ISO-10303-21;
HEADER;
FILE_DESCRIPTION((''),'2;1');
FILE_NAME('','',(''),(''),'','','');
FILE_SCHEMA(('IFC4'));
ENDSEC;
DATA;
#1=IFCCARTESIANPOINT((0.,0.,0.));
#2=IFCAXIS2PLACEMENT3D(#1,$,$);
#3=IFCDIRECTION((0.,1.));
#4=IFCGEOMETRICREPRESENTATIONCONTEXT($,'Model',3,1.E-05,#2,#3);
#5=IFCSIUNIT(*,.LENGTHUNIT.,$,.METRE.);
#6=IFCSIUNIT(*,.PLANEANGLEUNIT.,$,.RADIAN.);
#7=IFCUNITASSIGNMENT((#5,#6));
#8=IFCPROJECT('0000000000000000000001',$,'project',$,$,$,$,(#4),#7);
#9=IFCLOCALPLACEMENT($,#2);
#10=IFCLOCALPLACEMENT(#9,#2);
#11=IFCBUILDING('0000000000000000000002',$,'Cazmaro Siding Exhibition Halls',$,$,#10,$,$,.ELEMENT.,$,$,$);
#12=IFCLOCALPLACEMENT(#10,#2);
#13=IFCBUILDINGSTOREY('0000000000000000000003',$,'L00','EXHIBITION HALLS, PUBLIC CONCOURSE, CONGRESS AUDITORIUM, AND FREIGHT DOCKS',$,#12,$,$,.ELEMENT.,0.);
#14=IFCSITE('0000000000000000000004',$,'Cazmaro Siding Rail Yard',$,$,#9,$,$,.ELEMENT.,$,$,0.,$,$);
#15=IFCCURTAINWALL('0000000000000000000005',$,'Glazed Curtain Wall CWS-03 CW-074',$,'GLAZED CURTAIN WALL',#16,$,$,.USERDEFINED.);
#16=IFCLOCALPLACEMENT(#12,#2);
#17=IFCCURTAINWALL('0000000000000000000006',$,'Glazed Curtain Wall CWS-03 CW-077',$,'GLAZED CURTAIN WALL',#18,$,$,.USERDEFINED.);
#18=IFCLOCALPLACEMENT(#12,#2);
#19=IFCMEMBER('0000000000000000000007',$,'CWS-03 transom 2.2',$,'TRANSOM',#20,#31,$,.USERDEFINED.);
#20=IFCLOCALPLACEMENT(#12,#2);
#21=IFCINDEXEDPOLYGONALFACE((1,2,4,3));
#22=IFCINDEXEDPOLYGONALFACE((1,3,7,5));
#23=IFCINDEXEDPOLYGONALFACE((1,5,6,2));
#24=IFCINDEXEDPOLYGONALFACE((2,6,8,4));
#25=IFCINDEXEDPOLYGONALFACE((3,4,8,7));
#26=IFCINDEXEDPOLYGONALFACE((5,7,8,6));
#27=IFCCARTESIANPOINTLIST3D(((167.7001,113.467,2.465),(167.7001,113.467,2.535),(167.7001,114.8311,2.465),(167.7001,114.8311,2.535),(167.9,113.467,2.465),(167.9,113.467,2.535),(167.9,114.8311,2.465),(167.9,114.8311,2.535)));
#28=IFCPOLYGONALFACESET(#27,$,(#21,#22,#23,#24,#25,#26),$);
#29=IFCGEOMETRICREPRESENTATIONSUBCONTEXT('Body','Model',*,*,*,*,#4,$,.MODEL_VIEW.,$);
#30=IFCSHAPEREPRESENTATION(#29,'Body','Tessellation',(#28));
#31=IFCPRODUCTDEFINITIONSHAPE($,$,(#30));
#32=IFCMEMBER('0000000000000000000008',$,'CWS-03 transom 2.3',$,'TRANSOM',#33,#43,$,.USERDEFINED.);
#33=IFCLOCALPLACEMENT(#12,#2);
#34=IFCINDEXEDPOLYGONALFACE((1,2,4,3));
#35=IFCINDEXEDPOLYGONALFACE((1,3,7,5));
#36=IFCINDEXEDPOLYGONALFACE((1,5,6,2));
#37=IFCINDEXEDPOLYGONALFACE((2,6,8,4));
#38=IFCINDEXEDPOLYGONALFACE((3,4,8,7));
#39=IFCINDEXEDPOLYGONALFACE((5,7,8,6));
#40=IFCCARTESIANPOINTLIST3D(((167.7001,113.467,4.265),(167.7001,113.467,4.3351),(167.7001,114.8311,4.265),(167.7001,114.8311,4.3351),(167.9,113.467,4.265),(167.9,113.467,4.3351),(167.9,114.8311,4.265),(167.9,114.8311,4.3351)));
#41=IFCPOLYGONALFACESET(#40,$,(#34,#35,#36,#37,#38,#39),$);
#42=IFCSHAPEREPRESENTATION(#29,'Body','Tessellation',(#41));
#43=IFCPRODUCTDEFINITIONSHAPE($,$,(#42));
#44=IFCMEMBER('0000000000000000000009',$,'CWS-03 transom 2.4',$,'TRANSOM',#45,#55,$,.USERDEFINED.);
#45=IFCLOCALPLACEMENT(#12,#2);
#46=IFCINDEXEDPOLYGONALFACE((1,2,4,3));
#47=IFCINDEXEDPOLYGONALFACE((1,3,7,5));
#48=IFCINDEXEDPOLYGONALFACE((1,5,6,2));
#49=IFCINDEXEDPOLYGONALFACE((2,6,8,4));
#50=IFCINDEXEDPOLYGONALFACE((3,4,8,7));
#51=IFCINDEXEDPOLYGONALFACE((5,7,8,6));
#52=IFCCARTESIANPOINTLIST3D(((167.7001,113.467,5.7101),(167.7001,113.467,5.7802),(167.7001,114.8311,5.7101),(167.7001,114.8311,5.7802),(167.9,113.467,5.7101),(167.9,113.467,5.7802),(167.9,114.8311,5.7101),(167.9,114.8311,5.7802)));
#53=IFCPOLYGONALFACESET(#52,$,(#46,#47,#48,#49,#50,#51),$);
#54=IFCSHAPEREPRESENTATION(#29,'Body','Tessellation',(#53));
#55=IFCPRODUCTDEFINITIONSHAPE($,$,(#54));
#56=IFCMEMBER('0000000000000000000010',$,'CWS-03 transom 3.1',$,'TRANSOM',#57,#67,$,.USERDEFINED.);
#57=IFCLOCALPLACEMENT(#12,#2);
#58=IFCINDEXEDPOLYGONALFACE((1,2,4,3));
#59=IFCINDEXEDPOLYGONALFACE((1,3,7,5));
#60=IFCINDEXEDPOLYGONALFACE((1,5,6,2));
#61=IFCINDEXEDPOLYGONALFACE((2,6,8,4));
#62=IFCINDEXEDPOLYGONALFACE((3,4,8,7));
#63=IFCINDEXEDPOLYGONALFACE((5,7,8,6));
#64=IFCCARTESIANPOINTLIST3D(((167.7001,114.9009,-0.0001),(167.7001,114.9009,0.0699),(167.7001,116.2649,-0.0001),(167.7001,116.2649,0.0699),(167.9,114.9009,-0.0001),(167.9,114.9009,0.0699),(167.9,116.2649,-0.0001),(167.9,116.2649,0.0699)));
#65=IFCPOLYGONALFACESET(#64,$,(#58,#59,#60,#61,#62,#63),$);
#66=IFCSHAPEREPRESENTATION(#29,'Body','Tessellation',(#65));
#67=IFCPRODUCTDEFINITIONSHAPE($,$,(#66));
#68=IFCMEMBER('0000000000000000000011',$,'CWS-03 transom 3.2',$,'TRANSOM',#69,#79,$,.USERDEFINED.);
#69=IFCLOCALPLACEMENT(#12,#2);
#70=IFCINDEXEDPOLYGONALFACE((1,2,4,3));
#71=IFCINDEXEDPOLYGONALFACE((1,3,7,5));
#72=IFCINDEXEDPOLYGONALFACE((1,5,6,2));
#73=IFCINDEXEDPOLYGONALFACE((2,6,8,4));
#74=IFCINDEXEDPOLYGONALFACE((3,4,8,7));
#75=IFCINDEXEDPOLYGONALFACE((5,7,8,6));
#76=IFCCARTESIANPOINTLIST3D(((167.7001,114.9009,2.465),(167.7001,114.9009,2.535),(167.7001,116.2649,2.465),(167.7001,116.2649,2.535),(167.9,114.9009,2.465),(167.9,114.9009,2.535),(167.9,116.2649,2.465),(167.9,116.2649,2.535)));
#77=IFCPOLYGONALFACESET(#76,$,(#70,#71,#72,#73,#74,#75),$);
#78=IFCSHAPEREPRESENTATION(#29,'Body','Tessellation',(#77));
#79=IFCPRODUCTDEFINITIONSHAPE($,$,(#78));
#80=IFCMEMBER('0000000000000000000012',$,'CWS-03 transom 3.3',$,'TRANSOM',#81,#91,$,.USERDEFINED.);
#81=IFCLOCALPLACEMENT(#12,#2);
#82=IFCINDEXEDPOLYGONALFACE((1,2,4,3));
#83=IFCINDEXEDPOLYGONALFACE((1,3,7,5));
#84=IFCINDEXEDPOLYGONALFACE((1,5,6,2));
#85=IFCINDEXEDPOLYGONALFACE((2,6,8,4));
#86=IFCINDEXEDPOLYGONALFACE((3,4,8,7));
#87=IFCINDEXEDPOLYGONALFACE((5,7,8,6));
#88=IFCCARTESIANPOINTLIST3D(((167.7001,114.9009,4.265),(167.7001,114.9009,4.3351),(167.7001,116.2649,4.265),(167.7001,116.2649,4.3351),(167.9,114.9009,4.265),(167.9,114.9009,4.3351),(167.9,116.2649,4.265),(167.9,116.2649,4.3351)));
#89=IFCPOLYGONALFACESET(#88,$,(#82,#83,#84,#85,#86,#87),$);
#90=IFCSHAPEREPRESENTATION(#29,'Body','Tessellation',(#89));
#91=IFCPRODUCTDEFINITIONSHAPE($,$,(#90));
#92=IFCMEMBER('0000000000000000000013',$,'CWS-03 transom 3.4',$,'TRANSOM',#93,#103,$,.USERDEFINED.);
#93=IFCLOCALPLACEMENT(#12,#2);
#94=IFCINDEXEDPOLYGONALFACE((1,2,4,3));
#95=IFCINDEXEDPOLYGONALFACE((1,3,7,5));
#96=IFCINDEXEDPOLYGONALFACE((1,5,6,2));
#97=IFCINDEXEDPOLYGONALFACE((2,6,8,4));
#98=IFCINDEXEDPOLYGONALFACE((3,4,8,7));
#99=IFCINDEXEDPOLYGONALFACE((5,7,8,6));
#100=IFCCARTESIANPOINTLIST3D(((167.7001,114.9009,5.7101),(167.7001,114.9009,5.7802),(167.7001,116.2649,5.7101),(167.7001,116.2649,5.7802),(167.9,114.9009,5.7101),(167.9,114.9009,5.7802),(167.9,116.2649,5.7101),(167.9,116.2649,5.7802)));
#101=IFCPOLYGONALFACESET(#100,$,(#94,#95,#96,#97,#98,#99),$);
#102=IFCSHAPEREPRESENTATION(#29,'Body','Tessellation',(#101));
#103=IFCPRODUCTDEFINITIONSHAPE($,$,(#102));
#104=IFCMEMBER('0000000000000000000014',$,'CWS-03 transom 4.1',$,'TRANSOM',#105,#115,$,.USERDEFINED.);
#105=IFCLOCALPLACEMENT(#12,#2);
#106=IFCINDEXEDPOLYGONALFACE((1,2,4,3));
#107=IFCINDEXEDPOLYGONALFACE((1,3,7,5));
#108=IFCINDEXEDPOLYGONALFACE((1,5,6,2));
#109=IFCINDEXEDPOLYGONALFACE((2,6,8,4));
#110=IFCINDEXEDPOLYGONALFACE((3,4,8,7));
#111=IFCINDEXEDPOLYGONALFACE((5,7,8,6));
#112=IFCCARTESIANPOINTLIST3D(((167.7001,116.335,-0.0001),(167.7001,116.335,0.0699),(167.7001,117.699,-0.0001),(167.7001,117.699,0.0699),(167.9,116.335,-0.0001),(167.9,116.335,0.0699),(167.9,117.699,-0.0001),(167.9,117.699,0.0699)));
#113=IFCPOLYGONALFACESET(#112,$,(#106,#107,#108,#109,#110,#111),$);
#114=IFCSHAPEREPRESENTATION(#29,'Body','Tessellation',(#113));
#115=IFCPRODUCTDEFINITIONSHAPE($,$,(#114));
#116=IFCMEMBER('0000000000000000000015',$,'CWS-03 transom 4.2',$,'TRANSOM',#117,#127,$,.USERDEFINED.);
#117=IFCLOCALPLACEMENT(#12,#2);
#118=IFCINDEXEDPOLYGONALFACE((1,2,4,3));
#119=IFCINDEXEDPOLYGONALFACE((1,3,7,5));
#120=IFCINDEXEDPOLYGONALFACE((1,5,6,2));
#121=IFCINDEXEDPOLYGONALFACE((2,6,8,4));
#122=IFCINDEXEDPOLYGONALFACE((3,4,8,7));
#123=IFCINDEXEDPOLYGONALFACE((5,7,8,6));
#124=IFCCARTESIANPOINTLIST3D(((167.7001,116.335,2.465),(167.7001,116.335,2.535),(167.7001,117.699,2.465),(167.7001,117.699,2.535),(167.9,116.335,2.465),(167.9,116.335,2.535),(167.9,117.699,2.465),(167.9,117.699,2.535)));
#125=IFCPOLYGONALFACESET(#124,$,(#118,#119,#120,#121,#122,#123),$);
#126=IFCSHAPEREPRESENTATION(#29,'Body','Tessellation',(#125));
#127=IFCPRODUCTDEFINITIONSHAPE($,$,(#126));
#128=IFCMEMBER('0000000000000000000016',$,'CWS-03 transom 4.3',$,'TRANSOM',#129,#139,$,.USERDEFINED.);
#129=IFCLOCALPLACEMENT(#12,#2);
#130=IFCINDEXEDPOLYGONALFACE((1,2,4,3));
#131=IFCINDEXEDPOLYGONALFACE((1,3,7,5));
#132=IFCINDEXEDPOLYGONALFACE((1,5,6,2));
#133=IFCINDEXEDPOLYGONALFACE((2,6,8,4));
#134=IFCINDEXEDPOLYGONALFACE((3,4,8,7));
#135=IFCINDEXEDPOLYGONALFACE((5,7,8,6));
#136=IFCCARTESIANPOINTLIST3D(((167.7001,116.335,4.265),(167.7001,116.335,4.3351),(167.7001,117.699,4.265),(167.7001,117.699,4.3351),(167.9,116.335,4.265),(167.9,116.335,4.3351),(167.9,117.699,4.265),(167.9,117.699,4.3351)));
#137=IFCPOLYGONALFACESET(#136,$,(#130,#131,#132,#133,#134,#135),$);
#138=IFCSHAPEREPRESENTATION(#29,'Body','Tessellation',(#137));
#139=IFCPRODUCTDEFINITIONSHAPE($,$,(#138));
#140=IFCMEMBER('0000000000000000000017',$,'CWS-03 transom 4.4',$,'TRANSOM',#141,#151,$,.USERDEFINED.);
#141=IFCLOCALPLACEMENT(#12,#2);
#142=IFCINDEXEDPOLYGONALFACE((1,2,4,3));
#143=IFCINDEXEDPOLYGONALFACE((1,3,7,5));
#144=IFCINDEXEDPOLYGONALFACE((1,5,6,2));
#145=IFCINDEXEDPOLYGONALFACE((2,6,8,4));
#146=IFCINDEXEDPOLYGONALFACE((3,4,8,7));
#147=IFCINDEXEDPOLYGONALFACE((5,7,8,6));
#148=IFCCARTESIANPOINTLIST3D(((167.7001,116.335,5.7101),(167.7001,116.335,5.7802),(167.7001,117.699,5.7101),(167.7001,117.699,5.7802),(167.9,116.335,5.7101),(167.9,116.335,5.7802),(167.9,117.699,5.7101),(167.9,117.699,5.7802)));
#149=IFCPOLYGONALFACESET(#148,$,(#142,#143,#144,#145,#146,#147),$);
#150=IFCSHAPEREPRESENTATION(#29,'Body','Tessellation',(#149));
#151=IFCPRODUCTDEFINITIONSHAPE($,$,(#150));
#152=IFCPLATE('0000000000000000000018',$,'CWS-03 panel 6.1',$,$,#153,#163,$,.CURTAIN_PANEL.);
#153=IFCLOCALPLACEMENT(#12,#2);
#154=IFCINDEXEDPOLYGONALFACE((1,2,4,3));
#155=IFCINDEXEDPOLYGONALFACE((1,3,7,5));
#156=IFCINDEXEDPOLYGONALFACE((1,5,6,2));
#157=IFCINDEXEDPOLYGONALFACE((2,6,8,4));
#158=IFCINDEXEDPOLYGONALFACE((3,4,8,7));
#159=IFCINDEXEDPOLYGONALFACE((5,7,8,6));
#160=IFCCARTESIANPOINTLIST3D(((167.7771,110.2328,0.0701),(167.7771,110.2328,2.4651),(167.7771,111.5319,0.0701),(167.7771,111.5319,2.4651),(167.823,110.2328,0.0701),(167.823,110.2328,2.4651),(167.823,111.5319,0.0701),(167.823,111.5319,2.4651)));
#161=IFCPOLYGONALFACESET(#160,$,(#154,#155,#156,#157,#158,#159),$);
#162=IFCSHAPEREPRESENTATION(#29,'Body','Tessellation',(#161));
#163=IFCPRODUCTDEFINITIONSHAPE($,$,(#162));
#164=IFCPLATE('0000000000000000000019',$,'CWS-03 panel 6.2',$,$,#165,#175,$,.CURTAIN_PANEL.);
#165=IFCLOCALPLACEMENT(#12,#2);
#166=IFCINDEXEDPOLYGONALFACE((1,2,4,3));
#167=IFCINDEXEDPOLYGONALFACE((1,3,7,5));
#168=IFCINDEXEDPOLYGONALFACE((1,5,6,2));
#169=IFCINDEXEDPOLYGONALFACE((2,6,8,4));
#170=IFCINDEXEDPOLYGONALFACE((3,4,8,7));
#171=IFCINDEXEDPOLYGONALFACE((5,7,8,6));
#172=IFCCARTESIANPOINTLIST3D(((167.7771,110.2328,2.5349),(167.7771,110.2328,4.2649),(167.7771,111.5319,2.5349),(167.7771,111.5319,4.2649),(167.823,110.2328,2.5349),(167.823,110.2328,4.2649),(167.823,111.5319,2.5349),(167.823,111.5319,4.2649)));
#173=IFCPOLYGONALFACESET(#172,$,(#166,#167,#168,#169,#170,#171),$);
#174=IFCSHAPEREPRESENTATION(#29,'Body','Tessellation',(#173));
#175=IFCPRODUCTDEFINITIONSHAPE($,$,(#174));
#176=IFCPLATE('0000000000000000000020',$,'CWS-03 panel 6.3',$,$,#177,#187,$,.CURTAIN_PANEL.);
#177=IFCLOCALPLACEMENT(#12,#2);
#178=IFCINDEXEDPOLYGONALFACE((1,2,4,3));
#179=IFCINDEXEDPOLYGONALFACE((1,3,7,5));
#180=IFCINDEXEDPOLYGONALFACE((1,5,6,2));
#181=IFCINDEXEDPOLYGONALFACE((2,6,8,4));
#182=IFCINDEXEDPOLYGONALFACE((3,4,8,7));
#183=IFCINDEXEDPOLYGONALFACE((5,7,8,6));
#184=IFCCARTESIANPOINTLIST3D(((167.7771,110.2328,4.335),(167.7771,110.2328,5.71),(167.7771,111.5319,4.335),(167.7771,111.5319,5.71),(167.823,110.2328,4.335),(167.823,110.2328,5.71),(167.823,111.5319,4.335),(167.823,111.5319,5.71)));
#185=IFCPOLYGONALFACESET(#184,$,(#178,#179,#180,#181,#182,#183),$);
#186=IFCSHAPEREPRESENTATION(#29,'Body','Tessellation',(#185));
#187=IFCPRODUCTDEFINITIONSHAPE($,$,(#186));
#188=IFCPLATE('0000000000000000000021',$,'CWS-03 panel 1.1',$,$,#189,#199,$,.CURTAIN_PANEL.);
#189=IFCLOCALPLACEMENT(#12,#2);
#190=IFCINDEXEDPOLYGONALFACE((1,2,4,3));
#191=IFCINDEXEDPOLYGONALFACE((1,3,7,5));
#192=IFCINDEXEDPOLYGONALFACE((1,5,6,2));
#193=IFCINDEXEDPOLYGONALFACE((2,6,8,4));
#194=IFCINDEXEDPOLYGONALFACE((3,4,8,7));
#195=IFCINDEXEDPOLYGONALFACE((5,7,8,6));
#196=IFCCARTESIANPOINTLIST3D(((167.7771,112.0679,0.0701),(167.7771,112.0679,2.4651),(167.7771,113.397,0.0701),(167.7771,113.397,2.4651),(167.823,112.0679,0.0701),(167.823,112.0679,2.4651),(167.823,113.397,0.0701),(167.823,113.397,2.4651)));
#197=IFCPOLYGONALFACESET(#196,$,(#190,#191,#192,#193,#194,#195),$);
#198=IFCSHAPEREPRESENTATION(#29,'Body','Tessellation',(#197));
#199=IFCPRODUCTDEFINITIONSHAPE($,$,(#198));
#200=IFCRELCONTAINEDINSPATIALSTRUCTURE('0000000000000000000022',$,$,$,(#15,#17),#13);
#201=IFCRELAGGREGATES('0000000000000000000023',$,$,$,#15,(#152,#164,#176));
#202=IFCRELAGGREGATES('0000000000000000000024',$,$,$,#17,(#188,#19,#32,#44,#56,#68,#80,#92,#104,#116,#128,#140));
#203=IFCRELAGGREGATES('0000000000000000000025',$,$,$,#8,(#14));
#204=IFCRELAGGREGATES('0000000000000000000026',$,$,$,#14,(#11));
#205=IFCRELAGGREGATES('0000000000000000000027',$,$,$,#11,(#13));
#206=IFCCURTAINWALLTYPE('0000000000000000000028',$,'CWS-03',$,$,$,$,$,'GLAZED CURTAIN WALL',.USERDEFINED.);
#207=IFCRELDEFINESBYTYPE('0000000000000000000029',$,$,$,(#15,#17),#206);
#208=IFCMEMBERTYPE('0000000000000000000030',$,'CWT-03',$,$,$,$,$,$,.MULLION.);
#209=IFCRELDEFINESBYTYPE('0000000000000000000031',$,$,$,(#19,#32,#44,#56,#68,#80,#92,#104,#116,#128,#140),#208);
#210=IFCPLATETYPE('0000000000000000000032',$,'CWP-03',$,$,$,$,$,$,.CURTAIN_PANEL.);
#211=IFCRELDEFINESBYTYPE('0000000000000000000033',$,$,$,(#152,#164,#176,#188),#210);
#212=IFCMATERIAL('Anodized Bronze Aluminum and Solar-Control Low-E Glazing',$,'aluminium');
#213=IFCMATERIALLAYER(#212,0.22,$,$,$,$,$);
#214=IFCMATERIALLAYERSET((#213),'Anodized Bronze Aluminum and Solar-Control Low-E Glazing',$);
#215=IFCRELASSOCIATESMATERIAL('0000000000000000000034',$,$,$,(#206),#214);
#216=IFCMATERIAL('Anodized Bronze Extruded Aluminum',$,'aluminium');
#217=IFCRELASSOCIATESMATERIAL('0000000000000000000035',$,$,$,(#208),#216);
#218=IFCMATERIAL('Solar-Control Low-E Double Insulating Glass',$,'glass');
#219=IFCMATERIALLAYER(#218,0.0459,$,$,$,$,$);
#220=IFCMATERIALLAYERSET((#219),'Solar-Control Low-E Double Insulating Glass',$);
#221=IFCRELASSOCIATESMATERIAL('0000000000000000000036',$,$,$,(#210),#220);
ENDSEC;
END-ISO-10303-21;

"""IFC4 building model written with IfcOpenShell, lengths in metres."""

from ifc_helpers import new_model, si_unit, direction, frame, origin, origin_2d, place, context, subcontext, project, spatial, rectangle, extrude, material, layer, layer_set, material_profile, profile_set, type_object, element, aggregate, save


model = new_model("IFC4")

# Units and contexts
model_context = context("Model", 3, precision=1e-05, world=origin(), true_north=direction((0.0, 1.0)))
body_context = subcontext(model_context, "Body", "Model", "MODEL_VIEW")
ifc_project = project(units=[si_unit("LENGTHUNIT", "METRE"), si_unit("PLANEANGLEUNIT", "RADIAN")], contexts=[model_context])

# Site, building, storey
site_placement = place(None, origin())
site = spatial("IfcSite", under=ifc_project, at=site_placement, Name="Cazmaro Siding Rail Yard", CompositionType="ELEMENT", RefElevation=0.0)
building_placement = place(site_placement, origin())
building = spatial("IfcBuilding", under=site, at=building_placement, Name="Cazmaro Siding Exhibition Halls", CompositionType="ELEMENT")
storey_placement = place(building_placement, origin())
storey = spatial("IfcBuildingStorey", under=building, at=storey_placement, Name="L00", Description="EXHIBITION HALLS, PUBLIC CONCOURSE, CONGRESS AUDITORIUM, AND FREIGHT DOCKS", CompositionType="ELEMENT", Elevation=0.0)

# Curtain wall
ifc_material_1 = material(Name="Anodized Bronze Aluminum and Solar-Control Low-E Glazing", Category="aluminium")
ifc_layer_1 = layer(ifc_material_1, 0.22)
ifc_layer_set_1 = layer_set([ifc_layer_1], Name="Anodized Bronze Aluminum and Solar-Control Low-E Glazing")
curtain_wall_type = type_object("IfcCurtainWallType", Name="CWS-03", ElementType="GLAZED CURTAIN WALL", PredefinedType="USERDEFINED", material=ifc_layer_set_1)
curtain_wall_1_placement = place(storey_placement, origin())
curtain_wall_1 = element("IfcCurtainWall", 1, at=curtain_wall_1_placement, inside=storey, type_object=curtain_wall_type, Name="Glazed Curtain Wall CWS-03 CW-074", ObjectType="GLAZED CURTAIN WALL", PredefinedType="USERDEFINED")

# Curtain wall
curtain_wall_2_placement = place(storey_placement, origin())
curtain_wall_2 = element("IfcCurtainWall", 2, at=curtain_wall_2_placement, inside=storey, type_object=curtain_wall_type, Name="Glazed Curtain Wall CWS-03 CW-077", ObjectType="GLAZED CURTAIN WALL", PredefinedType="USERDEFINED")

# Members
ifc_material_2 = material(Name="Anodized Bronze Extruded Aluminum", Category="aluminium")
ifc_material_profile_1 = material_profile(ifc_material_2, rectangle(XDim=0.2, YDim=0.0701, at=origin_2d()), Name="CWT-03")
ifc_profile_set_1 = profile_set([ifc_material_profile_1], Name="Anodized Bronze Extruded Aluminum")
member_type_1 = type_object("IfcMemberType", Name="CWT-03", PredefinedType="MULLION", material=ifc_profile_set_1)
member_1_placement = place(storey_placement, frame((167.8, 113.467, 2.5), z_axis=(0.0, 1.0, 0.0), x_axis=(-1.0, 0.0, 0.0)))
member_1 = element("IfcMember", 3, at=member_1_placement, type_object=member_type_1, Name="CWS-03 transom 2.2", ObjectType="TRANSOM", PredefinedType="USERDEFINED", context=body_context, shape_type="SweptSolid", body=[
    extrude(rectangle(XDim=0.2, YDim=0.0701, at=origin_2d()), origin(), (0.0, 0.0, 1.0), 1.364),
])
member_2_placement = place(storey_placement, frame((167.8, 113.467, 4.3), z_axis=(0.0, 1.0, 0.0), x_axis=(-1.0, 0.0, 0.0)))
member_2 = element("IfcMember", 4, at=member_2_placement, type_object=member_type_1, Name="CWS-03 transom 2.3", ObjectType="TRANSOM", PredefinedType="USERDEFINED", context=body_context, shape_type="SweptSolid", body=[
    extrude(rectangle(XDim=0.2, YDim=0.0701, at=origin_2d()), origin(), (0.0, 0.0, 1.0), 1.364),
])
member_3_placement = place(storey_placement, frame((167.8, 113.467, 5.7451), z_axis=(0.0, 1.0, 0.0), x_axis=(-1.0, 0.0, 0.0)))
member_3 = element("IfcMember", 5, at=member_3_placement, type_object=member_type_1, Name="CWS-03 transom 2.4", ObjectType="TRANSOM", PredefinedType="USERDEFINED", context=body_context, shape_type="SweptSolid", body=[
    extrude(rectangle(XDim=0.2, YDim=0.0701, at=origin_2d()), origin(), (0.0, 0.0, 1.0), 1.364),
])
member_4_placement = place(storey_placement, frame((167.8, 114.9009, 0.0349), z_axis=(0.0, 1.0, 0.0), x_axis=(-1.0, 0.0, 0.0)))
member_4 = element("IfcMember", 6, at=member_4_placement, type_object=member_type_1, Name="CWS-03 transom 3.1", ObjectType="TRANSOM", PredefinedType="USERDEFINED", context=body_context, shape_type="SweptSolid", body=[
    extrude(rectangle(XDim=0.2, YDim=0.0701, at=origin_2d()), origin(), (0.0, 0.0, 1.0), 1.364),
])
member_5_placement = place(storey_placement, frame((167.8, 114.9009, 2.5), z_axis=(0.0, 1.0, 0.0), x_axis=(-1.0, 0.0, 0.0)))
member_5 = element("IfcMember", 7, at=member_5_placement, type_object=member_type_1, Name="CWS-03 transom 3.2", ObjectType="TRANSOM", PredefinedType="USERDEFINED", context=body_context, shape_type="SweptSolid", body=[
    extrude(rectangle(XDim=0.2, YDim=0.0701, at=origin_2d()), origin(), (0.0, 0.0, 1.0), 1.364),
])
member_6_placement = place(storey_placement, frame((167.8, 114.9009, 4.3), z_axis=(0.0, 1.0, 0.0), x_axis=(-1.0, 0.0, 0.0)))
member_6 = element("IfcMember", 8, at=member_6_placement, type_object=member_type_1, Name="CWS-03 transom 3.3", ObjectType="TRANSOM", PredefinedType="USERDEFINED", context=body_context, shape_type="SweptSolid", body=[
    extrude(rectangle(XDim=0.2, YDim=0.0701, at=origin_2d()), origin(), (0.0, 0.0, 1.0), 1.364),
])
member_7_placement = place(storey_placement, frame((167.8, 114.9009, 5.7451), z_axis=(0.0, 1.0, 0.0), x_axis=(-1.0, 0.0, 0.0)))
member_7 = element("IfcMember", 9, at=member_7_placement, type_object=member_type_1, Name="CWS-03 transom 3.4", ObjectType="TRANSOM", PredefinedType="USERDEFINED", context=body_context, shape_type="SweptSolid", body=[
    extrude(rectangle(XDim=0.2, YDim=0.0701, at=origin_2d()), origin(), (0.0, 0.0, 1.0), 1.364),
])
member_8_placement = place(storey_placement, frame((167.8, 116.335, 0.0349), z_axis=(0.0, 1.0, 0.0), x_axis=(-1.0, 0.0, 0.0)))
member_8 = element("IfcMember", 10, at=member_8_placement, type_object=member_type_1, Name="CWS-03 transom 4.1", ObjectType="TRANSOM", PredefinedType="USERDEFINED", context=body_context, shape_type="SweptSolid", body=[
    extrude(rectangle(XDim=0.2, YDim=0.0701, at=origin_2d()), origin(), (0.0, 0.0, 1.0), 1.364),
])
member_9_placement = place(storey_placement, frame((167.8, 116.335, 2.5), z_axis=(0.0, 1.0, 0.0), x_axis=(-1.0, 0.0, 0.0)))
member_9 = element("IfcMember", 11, at=member_9_placement, type_object=member_type_1, Name="CWS-03 transom 4.2", ObjectType="TRANSOM", PredefinedType="USERDEFINED", context=body_context, shape_type="SweptSolid", body=[
    extrude(rectangle(XDim=0.2, YDim=0.0701, at=origin_2d()), origin(), (0.0, 0.0, 1.0), 1.364),
])
member_10_placement = place(storey_placement, frame((167.8, 116.335, 4.3), z_axis=(0.0, 1.0, 0.0), x_axis=(-1.0, 0.0, 0.0)))
member_10 = element("IfcMember", 12, at=member_10_placement, type_object=member_type_1, Name="CWS-03 transom 4.3", ObjectType="TRANSOM", PredefinedType="USERDEFINED", context=body_context, shape_type="SweptSolid", body=[
    extrude(rectangle(XDim=0.2, YDim=0.0701, at=origin_2d()), origin(), (0.0, 0.0, 1.0), 1.364),
])
member_11_placement = place(storey_placement, frame((167.8, 116.335, 5.7451), z_axis=(0.0, 1.0, 0.0), x_axis=(-1.0, 0.0, 0.0)))
member_11 = element("IfcMember", 13, at=member_11_placement, type_object=member_type_1, Name="CWS-03 transom 4.4", ObjectType="TRANSOM", PredefinedType="USERDEFINED", context=body_context, shape_type="SweptSolid", body=[
    extrude(rectangle(XDim=0.2, YDim=0.0701, at=origin_2d()), origin(), (0.0, 0.0, 1.0), 1.364),
])

# Plates
ifc_material_3 = material(Name="Solar-Control Low-E Double Insulating Glass", Category="glass")
ifc_layer_2 = layer(ifc_material_3, 0.0459)
ifc_layer_set_2 = layer_set([ifc_layer_2], Name="Solar-Control Low-E Double Insulating Glass")
plate_type = type_object("IfcPlateType", Name="CWP-03", PredefinedType="CURTAIN_PANEL", material=ifc_layer_set_2)
plate_1_placement = place(storey_placement, frame((167.8, 110.8823, 0.0701), z_axis=(0.0, 0.0, 1.0), x_axis=(0.0, 1.0, 0.0)))
plate_1 = element("IfcPlate", 14, at=plate_1_placement, type_object=plate_type, Name="CWS-03 panel 6.1", PredefinedType="CURTAIN_PANEL", context=body_context, shape_type="SweptSolid", body=[
    extrude(rectangle(XDim=1.2991, YDim=0.0459, at=origin_2d()), origin(), (0.0, 0.0, 1.0), 2.395),
])
plate_2_placement = place(storey_placement, frame((167.8, 110.8823, 2.5349), z_axis=(0.0, 0.0, 1.0), x_axis=(0.0, 1.0, 0.0)))
plate_2 = element("IfcPlate", 15, at=plate_2_placement, type_object=plate_type, Name="CWS-03 panel 6.2", PredefinedType="CURTAIN_PANEL", context=body_context, shape_type="SweptSolid", body=[
    extrude(rectangle(XDim=1.2991, YDim=0.0459, at=origin_2d()), origin(), (0.0, 0.0, 1.0), 1.73),
])
plate_3_placement = place(storey_placement, frame((167.8, 110.8823, 4.335), z_axis=(0.0, 0.0, 1.0), x_axis=(0.0, 1.0, 0.0)))
plate_3 = element("IfcPlate", 16, at=plate_3_placement, type_object=plate_type, Name="CWS-03 panel 6.3", PredefinedType="CURTAIN_PANEL", context=body_context, shape_type="SweptSolid", body=[
    extrude(rectangle(XDim=1.2991, YDim=0.0459, at=origin_2d()), origin(), (0.0, 0.0, 1.0), 1.375),
])
aggregate(curtain_wall_1, [plate_1, plate_2, plate_3])
plate_4_placement = place(storey_placement, frame((167.8, 112.7324, 0.0701), z_axis=(0.0, 0.0, 1.0), x_axis=(0.0, 1.0, 0.0)))
plate_4 = element("IfcPlate", 17, at=plate_4_placement, type_object=plate_type, Name="CWS-03 panel 1.1", PredefinedType="CURTAIN_PANEL", context=body_context, shape_type="SweptSolid", body=[
    extrude(rectangle(XDim=1.3291, YDim=0.0459, at=origin_2d()), origin(), (0.0, 0.0, 1.0), 2.395),
])
aggregate(curtain_wall_2, [plate_4, member_1, member_2, member_3, member_4, member_5, member_6, member_7, member_8, member_9, member_10, member_11])

save(model, "model.ifc")
